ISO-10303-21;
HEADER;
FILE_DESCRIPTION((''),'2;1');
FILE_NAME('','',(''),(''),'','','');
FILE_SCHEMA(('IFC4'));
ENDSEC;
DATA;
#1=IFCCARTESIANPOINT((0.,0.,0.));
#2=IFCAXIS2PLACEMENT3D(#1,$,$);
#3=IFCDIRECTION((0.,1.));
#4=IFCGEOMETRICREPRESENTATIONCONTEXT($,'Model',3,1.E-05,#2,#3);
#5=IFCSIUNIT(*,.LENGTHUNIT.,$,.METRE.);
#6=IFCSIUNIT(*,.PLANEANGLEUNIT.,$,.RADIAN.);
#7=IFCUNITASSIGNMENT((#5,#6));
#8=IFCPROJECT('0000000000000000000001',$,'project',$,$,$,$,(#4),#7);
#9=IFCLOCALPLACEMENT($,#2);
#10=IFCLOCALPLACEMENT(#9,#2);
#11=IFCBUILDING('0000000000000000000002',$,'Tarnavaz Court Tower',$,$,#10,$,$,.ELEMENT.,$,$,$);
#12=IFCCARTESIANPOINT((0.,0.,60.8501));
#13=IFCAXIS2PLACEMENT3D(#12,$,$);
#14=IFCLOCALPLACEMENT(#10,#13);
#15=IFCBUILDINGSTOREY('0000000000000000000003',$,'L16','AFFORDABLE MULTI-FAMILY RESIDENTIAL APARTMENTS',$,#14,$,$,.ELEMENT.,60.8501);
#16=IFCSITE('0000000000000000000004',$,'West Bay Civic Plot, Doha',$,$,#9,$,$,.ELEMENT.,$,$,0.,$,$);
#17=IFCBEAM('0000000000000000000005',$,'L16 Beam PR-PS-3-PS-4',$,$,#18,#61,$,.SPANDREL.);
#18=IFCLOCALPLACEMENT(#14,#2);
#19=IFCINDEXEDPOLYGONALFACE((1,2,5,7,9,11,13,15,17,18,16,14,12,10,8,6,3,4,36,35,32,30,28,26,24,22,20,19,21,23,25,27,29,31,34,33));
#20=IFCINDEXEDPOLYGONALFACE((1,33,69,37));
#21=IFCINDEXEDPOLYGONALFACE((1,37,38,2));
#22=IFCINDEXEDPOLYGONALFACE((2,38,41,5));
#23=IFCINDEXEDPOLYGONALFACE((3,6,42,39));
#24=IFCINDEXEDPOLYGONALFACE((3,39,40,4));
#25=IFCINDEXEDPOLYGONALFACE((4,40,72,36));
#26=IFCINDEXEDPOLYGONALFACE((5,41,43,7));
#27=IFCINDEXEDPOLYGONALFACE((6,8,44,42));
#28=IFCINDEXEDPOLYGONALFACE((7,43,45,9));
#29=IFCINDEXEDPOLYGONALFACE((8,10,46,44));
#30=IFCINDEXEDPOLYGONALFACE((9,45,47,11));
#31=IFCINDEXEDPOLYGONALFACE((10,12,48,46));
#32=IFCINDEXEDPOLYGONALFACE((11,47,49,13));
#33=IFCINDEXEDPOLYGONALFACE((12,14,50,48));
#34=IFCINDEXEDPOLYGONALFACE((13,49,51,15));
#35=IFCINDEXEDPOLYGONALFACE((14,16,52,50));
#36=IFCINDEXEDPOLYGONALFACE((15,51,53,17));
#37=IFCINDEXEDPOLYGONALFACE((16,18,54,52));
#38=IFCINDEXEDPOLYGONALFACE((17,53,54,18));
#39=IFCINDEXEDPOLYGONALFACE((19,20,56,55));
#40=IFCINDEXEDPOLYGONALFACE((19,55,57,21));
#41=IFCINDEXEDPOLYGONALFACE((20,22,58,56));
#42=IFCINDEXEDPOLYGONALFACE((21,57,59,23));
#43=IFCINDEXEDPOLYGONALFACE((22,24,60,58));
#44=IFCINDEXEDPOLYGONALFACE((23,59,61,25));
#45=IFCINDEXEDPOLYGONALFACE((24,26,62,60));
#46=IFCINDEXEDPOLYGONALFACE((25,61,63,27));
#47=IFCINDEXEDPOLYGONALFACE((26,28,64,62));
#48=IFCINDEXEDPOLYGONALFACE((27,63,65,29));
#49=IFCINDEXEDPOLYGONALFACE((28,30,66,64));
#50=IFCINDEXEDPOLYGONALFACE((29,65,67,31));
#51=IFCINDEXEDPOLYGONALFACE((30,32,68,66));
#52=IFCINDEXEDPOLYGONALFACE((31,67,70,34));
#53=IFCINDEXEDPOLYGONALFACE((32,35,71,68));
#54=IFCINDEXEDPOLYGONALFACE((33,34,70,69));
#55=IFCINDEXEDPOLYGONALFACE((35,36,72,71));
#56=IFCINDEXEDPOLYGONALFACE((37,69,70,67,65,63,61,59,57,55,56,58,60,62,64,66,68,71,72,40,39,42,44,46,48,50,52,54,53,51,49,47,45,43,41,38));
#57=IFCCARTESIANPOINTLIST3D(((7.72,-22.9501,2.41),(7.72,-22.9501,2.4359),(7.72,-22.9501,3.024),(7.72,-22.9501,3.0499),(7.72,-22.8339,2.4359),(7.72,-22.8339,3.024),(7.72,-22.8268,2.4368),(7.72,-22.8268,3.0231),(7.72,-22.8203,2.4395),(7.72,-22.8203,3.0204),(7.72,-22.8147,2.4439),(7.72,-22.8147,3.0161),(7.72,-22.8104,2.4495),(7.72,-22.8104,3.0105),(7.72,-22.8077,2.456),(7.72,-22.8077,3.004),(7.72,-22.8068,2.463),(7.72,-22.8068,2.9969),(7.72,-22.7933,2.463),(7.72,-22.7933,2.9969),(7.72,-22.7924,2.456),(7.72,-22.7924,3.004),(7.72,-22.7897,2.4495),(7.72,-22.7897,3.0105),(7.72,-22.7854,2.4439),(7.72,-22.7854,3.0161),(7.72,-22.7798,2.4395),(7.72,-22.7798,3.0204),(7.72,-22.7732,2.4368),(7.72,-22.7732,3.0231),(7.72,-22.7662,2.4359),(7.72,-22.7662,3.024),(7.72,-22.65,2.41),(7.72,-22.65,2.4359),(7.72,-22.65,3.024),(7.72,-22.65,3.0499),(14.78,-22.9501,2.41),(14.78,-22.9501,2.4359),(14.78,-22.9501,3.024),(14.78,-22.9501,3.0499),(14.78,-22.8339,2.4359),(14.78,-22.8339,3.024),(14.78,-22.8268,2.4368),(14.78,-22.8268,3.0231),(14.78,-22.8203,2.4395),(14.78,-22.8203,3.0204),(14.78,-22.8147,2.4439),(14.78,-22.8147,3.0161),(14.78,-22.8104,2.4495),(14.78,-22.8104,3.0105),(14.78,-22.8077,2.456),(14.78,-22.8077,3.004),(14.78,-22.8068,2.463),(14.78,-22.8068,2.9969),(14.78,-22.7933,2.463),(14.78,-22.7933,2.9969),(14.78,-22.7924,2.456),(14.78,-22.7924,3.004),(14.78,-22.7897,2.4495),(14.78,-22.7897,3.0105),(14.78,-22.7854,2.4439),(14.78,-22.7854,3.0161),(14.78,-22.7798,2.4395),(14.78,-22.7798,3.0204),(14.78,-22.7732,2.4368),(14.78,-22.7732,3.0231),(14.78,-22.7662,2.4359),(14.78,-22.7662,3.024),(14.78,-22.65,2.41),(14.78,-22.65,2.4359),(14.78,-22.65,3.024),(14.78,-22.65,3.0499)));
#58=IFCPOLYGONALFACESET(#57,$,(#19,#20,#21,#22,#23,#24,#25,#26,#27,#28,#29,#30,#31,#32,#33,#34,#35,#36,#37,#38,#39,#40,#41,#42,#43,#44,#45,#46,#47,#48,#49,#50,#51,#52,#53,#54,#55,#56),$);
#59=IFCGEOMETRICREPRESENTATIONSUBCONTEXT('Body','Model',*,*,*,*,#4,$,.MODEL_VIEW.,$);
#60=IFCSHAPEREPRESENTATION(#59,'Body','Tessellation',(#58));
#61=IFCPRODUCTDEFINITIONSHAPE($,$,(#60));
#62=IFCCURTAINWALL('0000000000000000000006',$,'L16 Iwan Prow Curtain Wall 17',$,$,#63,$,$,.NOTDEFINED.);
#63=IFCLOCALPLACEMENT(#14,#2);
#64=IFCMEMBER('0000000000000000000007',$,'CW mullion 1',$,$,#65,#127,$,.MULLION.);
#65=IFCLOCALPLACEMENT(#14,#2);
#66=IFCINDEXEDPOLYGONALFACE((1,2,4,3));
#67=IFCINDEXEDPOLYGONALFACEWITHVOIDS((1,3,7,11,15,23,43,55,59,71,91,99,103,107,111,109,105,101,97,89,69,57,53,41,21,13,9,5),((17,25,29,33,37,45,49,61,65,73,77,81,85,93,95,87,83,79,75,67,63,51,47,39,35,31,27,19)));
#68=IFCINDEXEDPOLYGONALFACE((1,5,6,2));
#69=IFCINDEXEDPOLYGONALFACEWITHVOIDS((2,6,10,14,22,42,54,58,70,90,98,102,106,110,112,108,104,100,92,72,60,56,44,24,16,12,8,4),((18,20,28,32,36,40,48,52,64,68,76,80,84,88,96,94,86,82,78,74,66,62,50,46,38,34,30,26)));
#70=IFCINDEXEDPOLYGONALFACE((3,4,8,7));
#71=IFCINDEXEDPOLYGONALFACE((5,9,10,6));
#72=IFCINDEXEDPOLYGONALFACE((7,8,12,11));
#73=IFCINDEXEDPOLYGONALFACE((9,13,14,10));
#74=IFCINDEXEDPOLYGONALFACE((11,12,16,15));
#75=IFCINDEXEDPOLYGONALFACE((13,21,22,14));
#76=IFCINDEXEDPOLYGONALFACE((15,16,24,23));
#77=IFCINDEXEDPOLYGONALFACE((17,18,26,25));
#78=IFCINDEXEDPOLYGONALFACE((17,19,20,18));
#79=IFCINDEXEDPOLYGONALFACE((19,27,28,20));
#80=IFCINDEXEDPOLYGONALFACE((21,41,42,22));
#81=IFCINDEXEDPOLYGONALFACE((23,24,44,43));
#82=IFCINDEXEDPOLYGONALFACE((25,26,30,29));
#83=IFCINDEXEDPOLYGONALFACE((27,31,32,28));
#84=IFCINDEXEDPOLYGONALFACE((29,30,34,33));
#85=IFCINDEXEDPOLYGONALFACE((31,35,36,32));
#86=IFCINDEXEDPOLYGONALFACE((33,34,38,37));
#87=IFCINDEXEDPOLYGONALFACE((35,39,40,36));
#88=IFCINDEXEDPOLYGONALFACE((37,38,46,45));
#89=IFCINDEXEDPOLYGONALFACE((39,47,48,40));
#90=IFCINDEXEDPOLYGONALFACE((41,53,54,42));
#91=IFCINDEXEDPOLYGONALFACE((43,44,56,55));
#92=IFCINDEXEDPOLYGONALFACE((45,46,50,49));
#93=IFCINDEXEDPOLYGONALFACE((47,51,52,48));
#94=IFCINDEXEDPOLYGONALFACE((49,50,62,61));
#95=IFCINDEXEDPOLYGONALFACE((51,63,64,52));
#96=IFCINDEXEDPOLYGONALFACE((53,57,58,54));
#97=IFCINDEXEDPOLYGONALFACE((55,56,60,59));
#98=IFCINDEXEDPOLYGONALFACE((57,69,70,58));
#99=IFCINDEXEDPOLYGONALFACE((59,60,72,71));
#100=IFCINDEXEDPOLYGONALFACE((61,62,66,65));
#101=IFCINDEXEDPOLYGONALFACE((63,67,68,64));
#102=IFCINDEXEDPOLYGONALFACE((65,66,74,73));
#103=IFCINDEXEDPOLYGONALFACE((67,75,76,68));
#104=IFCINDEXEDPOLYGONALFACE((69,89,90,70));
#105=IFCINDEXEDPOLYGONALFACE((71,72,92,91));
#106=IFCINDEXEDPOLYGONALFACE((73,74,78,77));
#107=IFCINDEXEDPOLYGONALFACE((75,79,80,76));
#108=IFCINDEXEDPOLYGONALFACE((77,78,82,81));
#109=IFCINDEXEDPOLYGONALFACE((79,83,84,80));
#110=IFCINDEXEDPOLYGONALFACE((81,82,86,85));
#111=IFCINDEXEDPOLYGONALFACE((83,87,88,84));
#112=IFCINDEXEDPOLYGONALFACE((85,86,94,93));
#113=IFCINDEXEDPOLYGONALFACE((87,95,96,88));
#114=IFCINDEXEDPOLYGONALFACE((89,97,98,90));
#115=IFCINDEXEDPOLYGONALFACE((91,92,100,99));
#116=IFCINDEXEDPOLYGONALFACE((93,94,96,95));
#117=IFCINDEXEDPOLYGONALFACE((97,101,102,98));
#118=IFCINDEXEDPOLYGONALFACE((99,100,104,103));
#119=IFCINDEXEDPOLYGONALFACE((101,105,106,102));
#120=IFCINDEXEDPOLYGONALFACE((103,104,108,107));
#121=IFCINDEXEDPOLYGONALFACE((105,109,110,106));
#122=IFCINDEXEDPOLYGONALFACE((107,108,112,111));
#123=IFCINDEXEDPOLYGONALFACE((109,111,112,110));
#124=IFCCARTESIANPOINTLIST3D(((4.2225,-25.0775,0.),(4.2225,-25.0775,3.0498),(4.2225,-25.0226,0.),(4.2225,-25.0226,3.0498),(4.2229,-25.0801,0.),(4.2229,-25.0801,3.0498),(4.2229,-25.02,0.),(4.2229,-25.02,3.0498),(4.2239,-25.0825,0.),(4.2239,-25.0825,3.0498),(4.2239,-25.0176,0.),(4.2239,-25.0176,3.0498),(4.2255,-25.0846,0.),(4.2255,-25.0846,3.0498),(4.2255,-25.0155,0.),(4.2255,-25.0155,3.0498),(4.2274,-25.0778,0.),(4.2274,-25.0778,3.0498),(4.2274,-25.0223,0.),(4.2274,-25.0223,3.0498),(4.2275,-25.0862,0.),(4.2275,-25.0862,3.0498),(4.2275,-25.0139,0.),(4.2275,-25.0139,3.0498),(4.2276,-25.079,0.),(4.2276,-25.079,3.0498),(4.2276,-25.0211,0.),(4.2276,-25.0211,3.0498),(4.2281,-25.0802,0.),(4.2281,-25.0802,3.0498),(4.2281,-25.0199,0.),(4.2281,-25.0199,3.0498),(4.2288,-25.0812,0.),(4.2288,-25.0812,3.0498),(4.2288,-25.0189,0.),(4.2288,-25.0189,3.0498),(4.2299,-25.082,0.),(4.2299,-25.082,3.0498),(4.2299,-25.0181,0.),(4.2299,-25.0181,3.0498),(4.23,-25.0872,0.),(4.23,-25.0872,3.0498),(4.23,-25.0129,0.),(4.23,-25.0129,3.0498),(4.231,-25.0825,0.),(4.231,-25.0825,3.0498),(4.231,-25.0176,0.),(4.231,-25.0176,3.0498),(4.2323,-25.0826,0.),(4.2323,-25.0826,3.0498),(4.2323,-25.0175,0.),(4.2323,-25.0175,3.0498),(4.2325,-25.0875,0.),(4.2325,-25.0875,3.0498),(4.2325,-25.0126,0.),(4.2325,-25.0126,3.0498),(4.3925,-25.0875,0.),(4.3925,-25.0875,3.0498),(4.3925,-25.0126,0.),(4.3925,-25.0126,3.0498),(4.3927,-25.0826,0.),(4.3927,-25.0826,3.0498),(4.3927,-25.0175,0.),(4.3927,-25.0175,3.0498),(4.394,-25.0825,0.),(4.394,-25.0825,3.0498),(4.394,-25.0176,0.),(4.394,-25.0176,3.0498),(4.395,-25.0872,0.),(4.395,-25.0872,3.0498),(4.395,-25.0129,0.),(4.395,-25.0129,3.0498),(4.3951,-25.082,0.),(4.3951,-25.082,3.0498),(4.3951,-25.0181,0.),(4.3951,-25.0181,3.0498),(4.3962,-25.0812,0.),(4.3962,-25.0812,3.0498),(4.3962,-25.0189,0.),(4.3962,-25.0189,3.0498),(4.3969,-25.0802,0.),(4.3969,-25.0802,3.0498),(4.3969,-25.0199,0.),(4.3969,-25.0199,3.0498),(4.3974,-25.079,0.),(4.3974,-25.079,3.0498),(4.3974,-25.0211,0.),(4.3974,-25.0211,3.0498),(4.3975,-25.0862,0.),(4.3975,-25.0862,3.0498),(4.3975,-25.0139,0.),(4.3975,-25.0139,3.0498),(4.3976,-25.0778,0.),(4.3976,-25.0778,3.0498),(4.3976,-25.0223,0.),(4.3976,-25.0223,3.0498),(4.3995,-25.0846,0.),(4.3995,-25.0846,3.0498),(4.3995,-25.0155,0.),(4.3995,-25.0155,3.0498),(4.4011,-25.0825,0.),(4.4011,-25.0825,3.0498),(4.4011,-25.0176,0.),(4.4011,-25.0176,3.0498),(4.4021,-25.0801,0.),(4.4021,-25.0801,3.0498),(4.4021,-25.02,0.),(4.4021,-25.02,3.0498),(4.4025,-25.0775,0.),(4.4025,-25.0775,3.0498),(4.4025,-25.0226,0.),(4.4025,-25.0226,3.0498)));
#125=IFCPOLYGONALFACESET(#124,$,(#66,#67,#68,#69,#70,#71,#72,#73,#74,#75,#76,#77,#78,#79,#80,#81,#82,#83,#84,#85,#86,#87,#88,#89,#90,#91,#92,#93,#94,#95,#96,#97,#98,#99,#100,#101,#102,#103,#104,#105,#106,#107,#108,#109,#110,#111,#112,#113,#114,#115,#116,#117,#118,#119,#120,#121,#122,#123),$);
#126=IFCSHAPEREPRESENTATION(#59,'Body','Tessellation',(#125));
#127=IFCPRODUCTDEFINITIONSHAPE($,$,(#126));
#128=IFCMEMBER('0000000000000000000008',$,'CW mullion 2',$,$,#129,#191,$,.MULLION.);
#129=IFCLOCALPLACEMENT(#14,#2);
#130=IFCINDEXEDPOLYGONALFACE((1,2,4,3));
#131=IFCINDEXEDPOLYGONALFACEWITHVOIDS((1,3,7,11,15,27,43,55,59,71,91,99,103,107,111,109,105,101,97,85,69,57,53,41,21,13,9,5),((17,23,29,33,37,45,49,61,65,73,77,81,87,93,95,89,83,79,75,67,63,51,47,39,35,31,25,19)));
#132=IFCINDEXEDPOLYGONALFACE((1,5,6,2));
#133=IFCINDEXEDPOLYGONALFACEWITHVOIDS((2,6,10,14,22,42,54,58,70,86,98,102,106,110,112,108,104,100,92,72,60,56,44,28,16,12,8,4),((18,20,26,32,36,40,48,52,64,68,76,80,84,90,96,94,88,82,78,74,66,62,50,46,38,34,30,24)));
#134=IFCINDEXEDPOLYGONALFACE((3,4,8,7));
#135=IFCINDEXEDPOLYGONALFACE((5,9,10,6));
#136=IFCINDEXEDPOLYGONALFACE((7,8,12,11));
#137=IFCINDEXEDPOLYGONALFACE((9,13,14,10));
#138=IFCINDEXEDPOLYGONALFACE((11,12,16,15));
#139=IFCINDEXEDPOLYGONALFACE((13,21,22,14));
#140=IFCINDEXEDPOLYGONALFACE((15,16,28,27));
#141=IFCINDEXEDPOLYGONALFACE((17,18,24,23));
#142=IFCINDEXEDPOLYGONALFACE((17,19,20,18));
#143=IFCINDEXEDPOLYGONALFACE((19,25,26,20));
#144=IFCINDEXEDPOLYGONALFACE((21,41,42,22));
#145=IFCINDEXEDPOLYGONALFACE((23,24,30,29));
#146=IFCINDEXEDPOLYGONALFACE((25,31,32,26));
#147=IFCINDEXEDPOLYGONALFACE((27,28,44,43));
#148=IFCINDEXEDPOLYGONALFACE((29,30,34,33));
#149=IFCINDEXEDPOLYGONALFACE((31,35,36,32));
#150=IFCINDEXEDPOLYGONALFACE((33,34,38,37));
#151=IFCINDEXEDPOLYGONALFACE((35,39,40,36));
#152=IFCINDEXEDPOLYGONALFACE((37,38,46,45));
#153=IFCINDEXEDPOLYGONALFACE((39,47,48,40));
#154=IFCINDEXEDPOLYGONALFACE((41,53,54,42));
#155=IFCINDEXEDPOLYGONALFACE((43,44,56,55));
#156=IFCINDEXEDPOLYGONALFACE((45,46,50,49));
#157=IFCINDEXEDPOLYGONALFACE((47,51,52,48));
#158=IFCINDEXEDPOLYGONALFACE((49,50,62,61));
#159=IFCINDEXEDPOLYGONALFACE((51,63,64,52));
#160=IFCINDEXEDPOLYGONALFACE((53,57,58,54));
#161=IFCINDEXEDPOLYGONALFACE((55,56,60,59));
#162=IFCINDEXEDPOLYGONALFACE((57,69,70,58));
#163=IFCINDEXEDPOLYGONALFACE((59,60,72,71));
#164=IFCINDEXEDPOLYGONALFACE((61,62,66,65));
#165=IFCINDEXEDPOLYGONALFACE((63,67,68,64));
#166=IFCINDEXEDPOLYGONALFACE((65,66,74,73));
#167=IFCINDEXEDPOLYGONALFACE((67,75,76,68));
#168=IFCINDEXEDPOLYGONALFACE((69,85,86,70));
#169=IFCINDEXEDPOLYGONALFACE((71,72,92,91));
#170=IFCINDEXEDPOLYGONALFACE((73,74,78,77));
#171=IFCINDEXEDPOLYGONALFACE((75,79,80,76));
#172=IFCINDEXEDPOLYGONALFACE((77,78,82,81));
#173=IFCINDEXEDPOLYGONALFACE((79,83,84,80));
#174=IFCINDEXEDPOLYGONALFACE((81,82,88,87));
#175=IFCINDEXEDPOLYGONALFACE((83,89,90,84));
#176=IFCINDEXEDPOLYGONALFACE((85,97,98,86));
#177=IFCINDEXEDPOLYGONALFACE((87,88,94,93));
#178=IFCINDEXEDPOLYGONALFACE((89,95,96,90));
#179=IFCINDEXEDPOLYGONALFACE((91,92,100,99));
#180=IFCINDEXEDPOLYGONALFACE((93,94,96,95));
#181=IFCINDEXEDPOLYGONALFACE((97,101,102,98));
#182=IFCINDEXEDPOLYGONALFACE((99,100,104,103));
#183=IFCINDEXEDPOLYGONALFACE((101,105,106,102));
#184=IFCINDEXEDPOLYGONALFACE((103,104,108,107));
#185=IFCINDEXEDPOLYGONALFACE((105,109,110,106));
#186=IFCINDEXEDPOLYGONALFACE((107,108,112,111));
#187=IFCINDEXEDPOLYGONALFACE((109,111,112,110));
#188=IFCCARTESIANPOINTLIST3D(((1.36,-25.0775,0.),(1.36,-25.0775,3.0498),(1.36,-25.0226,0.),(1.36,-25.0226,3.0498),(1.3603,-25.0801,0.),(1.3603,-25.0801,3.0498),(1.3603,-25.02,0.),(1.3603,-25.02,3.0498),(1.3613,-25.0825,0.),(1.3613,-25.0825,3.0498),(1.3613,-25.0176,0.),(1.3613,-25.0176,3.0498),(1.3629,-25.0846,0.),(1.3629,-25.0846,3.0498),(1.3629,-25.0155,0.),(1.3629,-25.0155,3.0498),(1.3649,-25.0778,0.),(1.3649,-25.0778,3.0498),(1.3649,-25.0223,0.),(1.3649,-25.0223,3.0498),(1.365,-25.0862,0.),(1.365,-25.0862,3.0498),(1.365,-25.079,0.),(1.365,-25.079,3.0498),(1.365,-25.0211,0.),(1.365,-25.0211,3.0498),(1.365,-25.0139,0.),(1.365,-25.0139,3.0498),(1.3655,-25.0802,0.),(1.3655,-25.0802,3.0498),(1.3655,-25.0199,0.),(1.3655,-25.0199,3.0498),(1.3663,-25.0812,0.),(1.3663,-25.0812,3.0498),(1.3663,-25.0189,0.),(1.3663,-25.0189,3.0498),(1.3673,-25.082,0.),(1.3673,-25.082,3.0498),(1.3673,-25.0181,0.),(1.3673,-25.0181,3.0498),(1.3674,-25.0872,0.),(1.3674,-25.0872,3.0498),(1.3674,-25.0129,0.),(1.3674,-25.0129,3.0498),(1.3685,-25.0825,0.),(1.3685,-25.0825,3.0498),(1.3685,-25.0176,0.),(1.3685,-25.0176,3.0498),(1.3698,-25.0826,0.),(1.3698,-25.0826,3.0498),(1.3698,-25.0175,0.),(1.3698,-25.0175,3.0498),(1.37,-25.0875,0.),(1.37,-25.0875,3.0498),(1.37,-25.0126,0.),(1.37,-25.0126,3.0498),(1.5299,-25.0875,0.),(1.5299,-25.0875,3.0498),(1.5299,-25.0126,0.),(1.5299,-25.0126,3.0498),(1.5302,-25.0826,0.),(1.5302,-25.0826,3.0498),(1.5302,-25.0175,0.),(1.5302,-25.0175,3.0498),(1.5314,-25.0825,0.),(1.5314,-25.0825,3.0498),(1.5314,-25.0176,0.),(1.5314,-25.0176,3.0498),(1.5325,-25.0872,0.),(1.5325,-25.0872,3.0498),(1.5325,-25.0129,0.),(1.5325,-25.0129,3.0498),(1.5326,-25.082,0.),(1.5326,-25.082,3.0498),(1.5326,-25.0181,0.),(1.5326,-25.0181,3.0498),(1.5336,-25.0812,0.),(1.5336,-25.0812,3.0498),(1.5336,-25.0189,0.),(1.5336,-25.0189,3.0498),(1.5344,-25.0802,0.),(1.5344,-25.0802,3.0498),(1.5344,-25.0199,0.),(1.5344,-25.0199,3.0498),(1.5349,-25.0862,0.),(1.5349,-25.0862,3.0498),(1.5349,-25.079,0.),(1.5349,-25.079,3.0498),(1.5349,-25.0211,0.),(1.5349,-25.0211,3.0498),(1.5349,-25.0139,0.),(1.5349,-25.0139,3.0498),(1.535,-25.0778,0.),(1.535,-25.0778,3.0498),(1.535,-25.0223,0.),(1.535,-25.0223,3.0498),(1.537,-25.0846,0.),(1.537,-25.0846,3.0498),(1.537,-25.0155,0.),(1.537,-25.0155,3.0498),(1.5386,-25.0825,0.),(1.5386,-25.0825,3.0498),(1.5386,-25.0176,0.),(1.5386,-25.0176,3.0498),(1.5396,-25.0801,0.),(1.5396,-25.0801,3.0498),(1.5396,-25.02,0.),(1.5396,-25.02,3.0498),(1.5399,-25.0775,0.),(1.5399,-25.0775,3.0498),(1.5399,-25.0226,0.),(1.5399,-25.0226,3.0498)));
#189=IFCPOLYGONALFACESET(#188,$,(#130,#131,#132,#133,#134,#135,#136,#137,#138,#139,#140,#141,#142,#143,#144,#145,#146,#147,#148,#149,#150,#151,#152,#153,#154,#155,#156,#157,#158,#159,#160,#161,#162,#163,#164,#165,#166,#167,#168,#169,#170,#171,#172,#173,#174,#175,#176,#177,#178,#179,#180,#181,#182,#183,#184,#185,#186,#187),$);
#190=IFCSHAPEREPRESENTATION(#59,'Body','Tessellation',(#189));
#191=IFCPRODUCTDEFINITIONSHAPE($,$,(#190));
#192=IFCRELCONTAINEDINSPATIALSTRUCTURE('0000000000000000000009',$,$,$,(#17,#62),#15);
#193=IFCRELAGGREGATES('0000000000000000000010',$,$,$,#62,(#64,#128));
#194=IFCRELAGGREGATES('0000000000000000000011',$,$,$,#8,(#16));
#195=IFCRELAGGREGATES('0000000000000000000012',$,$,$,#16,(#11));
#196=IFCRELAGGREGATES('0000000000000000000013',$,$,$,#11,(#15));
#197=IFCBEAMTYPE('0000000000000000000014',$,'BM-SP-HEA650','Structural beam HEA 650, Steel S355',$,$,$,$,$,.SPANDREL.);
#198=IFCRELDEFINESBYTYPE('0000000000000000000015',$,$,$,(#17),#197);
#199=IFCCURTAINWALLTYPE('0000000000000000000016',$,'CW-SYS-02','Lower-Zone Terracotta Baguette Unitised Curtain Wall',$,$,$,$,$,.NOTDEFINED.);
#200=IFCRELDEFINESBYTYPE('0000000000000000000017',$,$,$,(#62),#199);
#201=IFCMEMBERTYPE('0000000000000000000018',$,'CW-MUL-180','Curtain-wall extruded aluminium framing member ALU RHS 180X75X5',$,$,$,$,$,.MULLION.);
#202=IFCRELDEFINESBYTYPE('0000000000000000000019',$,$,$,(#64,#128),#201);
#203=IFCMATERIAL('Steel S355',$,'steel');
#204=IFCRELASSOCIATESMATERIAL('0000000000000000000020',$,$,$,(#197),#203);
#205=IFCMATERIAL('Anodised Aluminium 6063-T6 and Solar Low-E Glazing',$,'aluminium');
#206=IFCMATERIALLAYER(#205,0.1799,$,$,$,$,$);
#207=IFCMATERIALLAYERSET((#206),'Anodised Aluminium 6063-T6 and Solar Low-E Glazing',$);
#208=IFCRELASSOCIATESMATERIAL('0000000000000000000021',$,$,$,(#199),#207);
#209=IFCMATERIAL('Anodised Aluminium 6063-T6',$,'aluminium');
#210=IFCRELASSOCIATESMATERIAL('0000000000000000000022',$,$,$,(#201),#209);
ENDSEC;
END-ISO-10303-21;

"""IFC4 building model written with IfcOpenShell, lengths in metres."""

from ifc_helpers import new_model, si_unit, direction, frame, origin, origin_2d, place, context, subcontext, project, spatial, hollow_rectangle, i_section, extrude, material, layer, layer_set, material_profile, profile_set, type_object, element, aggregate, save


model = new_model("IFC4")

# Units and contexts
model_context = context("Model", 3, precision=1e-05, world=origin(), true_north=direction((0.0, 1.0)))
body_context = subcontext(model_context, "Body", "Model", "MODEL_VIEW")
ifc_project = project(units=[si_unit("LENGTHUNIT", "METRE"), si_unit("PLANEANGLEUNIT", "RADIAN")], contexts=[model_context])

# Site, building, storey
site_placement = place(None, origin())
site = spatial("IfcSite", under=ifc_project, at=site_placement, Name="West Bay Civic Plot, Doha", CompositionType="ELEMENT", RefElevation=0.0)
building_placement = place(site_placement, origin())
building = spatial("IfcBuilding", under=site, at=building_placement, Name="Tarnavaz Court Tower", CompositionType="ELEMENT")
storey_placement = place(building_placement, frame((0.0, 0.0, 60.8501)))
storey = spatial("IfcBuildingStorey", under=building, at=storey_placement, Name="L16", Description="AFFORDABLE MULTI-FAMILY RESIDENTIAL APARTMENTS", CompositionType="ELEMENT", Elevation=60.8501)

# Beam
ifc_material_1 = material(Name="Steel S355", Category="steel")
ifc_material_profile_1 = material_profile(ifc_material_1, i_section(OverallWidth=0.3, OverallDepth=0.6399, WebThickness=0.0134, FlangeThickness=0.0259, FilletRadius=0.0271, at=origin_2d()), Name="HEA 650")
ifc_profile_set_1 = profile_set([ifc_material_profile_1], Name="Steel S355")
beam_type_1 = type_object("IfcBeamType", Name="BM-SP-HEA650", Description="Structural beam HEA 650, Steel S355", PredefinedType="SPANDREL", material=ifc_profile_set_1)
beam_placement = place(storey_placement, frame((7.72, -22.8, 2.73), z_axis=(1.0, 0.0, 0.0), x_axis=(0.0, 1.0, 0.0)))
element("IfcBeam", 1, at=beam_placement, inside=storey, type_object=beam_type_1, Name="L16 Beam PR-PS-3-PS-4", PredefinedType="SPANDREL", context=body_context, shape_type="SweptSolid", body=[
    extrude(i_section(OverallWidth=0.3, OverallDepth=0.6399, WebThickness=0.0134, FlangeThickness=0.0259, FilletRadius=0.0271, at=origin_2d()), origin(), (0.0, 0.0, 1.0), 7.0601),
])

# Curtain wall, members
ifc_material_2 = material(Name="Anodised Aluminium 6063-T6 and Solar Low-E Glazing", Category="aluminium")
ifc_layer_1 = layer(ifc_material_2, 0.1799)
ifc_layer_set_1 = layer_set([ifc_layer_1], Name="Anodised Aluminium 6063-T6 and Solar Low-E Glazing")
curtain_wall_type = type_object("IfcCurtainWallType", Name="CW-SYS-02", Description="Lower-Zone Terracotta Baguette Unitised Curtain Wall", PredefinedType="NOTDEFINED", material=ifc_layer_set_1)
curtain_wall_placement = place(storey_placement, origin())
curtain_wall = element("IfcCurtainWall", 2, at=curtain_wall_placement, inside=storey, type_object=curtain_wall_type, Name="L16 Iwan Prow Curtain Wall 17", PredefinedType="NOTDEFINED")
ifc_material_3 = material(Name="Anodised Aluminium 6063-T6", Category="aluminium")
ifc_material_profile_2 = material_profile(ifc_material_3, hollow_rectangle(XDim=0.075, YDim=0.1799, WallThickness=0.0049, InnerFilletRadius=0.0049, OuterFilletRadius=0.01, at=origin_2d()), Name="ALU RHS 180X75X5")
ifc_profile_set_2 = profile_set([ifc_material_profile_2], Name="Anodised Aluminium 6063-T6")
member_type_1 = type_object("IfcMemberType", Name="CW-MUL-180", Description="Curtain-wall extruded aluminium framing member ALU RHS 180X75X5", PredefinedType="MULLION", material=ifc_profile_set_2)
member_1_placement = place(storey_placement, frame((4.3125, -25.05, 0.0), z_axis=(0.0, 0.0, 1.0), x_axis=(0.0, -1.0, 0.0)))
member_1 = element("IfcMember", 3, at=member_1_placement, type_object=member_type_1, Name="CW mullion 1", PredefinedType="MULLION", context=body_context, shape_type="SweptSolid", body=[
    extrude(hollow_rectangle(XDim=0.075, YDim=0.1799, WallThickness=0.0049, InnerFilletRadius=0.0049, OuterFilletRadius=0.01, at=origin_2d()), origin(), (0.0, 0.0, 1.0), 3.0498),
])
member_2_placement = place(storey_placement, frame((1.45, -25.05, 0.0), z_axis=(0.0, 0.0, 1.0), x_axis=(0.0, -1.0, 0.0)))
member_2 = element("IfcMember", 4, at=member_2_placement, type_object=member_type_1, Name="CW mullion 2", PredefinedType="MULLION", context=body_context, shape_type="SweptSolid", body=[
    extrude(hollow_rectangle(XDim=0.075, YDim=0.1799, WallThickness=0.0049, InnerFilletRadius=0.0049, OuterFilletRadius=0.01, at=origin_2d()), origin(), (0.0, 0.0, 1.0), 3.0498),
])
aggregate(curtain_wall, [member_1, member_2])

save(model, "model.ifc")
